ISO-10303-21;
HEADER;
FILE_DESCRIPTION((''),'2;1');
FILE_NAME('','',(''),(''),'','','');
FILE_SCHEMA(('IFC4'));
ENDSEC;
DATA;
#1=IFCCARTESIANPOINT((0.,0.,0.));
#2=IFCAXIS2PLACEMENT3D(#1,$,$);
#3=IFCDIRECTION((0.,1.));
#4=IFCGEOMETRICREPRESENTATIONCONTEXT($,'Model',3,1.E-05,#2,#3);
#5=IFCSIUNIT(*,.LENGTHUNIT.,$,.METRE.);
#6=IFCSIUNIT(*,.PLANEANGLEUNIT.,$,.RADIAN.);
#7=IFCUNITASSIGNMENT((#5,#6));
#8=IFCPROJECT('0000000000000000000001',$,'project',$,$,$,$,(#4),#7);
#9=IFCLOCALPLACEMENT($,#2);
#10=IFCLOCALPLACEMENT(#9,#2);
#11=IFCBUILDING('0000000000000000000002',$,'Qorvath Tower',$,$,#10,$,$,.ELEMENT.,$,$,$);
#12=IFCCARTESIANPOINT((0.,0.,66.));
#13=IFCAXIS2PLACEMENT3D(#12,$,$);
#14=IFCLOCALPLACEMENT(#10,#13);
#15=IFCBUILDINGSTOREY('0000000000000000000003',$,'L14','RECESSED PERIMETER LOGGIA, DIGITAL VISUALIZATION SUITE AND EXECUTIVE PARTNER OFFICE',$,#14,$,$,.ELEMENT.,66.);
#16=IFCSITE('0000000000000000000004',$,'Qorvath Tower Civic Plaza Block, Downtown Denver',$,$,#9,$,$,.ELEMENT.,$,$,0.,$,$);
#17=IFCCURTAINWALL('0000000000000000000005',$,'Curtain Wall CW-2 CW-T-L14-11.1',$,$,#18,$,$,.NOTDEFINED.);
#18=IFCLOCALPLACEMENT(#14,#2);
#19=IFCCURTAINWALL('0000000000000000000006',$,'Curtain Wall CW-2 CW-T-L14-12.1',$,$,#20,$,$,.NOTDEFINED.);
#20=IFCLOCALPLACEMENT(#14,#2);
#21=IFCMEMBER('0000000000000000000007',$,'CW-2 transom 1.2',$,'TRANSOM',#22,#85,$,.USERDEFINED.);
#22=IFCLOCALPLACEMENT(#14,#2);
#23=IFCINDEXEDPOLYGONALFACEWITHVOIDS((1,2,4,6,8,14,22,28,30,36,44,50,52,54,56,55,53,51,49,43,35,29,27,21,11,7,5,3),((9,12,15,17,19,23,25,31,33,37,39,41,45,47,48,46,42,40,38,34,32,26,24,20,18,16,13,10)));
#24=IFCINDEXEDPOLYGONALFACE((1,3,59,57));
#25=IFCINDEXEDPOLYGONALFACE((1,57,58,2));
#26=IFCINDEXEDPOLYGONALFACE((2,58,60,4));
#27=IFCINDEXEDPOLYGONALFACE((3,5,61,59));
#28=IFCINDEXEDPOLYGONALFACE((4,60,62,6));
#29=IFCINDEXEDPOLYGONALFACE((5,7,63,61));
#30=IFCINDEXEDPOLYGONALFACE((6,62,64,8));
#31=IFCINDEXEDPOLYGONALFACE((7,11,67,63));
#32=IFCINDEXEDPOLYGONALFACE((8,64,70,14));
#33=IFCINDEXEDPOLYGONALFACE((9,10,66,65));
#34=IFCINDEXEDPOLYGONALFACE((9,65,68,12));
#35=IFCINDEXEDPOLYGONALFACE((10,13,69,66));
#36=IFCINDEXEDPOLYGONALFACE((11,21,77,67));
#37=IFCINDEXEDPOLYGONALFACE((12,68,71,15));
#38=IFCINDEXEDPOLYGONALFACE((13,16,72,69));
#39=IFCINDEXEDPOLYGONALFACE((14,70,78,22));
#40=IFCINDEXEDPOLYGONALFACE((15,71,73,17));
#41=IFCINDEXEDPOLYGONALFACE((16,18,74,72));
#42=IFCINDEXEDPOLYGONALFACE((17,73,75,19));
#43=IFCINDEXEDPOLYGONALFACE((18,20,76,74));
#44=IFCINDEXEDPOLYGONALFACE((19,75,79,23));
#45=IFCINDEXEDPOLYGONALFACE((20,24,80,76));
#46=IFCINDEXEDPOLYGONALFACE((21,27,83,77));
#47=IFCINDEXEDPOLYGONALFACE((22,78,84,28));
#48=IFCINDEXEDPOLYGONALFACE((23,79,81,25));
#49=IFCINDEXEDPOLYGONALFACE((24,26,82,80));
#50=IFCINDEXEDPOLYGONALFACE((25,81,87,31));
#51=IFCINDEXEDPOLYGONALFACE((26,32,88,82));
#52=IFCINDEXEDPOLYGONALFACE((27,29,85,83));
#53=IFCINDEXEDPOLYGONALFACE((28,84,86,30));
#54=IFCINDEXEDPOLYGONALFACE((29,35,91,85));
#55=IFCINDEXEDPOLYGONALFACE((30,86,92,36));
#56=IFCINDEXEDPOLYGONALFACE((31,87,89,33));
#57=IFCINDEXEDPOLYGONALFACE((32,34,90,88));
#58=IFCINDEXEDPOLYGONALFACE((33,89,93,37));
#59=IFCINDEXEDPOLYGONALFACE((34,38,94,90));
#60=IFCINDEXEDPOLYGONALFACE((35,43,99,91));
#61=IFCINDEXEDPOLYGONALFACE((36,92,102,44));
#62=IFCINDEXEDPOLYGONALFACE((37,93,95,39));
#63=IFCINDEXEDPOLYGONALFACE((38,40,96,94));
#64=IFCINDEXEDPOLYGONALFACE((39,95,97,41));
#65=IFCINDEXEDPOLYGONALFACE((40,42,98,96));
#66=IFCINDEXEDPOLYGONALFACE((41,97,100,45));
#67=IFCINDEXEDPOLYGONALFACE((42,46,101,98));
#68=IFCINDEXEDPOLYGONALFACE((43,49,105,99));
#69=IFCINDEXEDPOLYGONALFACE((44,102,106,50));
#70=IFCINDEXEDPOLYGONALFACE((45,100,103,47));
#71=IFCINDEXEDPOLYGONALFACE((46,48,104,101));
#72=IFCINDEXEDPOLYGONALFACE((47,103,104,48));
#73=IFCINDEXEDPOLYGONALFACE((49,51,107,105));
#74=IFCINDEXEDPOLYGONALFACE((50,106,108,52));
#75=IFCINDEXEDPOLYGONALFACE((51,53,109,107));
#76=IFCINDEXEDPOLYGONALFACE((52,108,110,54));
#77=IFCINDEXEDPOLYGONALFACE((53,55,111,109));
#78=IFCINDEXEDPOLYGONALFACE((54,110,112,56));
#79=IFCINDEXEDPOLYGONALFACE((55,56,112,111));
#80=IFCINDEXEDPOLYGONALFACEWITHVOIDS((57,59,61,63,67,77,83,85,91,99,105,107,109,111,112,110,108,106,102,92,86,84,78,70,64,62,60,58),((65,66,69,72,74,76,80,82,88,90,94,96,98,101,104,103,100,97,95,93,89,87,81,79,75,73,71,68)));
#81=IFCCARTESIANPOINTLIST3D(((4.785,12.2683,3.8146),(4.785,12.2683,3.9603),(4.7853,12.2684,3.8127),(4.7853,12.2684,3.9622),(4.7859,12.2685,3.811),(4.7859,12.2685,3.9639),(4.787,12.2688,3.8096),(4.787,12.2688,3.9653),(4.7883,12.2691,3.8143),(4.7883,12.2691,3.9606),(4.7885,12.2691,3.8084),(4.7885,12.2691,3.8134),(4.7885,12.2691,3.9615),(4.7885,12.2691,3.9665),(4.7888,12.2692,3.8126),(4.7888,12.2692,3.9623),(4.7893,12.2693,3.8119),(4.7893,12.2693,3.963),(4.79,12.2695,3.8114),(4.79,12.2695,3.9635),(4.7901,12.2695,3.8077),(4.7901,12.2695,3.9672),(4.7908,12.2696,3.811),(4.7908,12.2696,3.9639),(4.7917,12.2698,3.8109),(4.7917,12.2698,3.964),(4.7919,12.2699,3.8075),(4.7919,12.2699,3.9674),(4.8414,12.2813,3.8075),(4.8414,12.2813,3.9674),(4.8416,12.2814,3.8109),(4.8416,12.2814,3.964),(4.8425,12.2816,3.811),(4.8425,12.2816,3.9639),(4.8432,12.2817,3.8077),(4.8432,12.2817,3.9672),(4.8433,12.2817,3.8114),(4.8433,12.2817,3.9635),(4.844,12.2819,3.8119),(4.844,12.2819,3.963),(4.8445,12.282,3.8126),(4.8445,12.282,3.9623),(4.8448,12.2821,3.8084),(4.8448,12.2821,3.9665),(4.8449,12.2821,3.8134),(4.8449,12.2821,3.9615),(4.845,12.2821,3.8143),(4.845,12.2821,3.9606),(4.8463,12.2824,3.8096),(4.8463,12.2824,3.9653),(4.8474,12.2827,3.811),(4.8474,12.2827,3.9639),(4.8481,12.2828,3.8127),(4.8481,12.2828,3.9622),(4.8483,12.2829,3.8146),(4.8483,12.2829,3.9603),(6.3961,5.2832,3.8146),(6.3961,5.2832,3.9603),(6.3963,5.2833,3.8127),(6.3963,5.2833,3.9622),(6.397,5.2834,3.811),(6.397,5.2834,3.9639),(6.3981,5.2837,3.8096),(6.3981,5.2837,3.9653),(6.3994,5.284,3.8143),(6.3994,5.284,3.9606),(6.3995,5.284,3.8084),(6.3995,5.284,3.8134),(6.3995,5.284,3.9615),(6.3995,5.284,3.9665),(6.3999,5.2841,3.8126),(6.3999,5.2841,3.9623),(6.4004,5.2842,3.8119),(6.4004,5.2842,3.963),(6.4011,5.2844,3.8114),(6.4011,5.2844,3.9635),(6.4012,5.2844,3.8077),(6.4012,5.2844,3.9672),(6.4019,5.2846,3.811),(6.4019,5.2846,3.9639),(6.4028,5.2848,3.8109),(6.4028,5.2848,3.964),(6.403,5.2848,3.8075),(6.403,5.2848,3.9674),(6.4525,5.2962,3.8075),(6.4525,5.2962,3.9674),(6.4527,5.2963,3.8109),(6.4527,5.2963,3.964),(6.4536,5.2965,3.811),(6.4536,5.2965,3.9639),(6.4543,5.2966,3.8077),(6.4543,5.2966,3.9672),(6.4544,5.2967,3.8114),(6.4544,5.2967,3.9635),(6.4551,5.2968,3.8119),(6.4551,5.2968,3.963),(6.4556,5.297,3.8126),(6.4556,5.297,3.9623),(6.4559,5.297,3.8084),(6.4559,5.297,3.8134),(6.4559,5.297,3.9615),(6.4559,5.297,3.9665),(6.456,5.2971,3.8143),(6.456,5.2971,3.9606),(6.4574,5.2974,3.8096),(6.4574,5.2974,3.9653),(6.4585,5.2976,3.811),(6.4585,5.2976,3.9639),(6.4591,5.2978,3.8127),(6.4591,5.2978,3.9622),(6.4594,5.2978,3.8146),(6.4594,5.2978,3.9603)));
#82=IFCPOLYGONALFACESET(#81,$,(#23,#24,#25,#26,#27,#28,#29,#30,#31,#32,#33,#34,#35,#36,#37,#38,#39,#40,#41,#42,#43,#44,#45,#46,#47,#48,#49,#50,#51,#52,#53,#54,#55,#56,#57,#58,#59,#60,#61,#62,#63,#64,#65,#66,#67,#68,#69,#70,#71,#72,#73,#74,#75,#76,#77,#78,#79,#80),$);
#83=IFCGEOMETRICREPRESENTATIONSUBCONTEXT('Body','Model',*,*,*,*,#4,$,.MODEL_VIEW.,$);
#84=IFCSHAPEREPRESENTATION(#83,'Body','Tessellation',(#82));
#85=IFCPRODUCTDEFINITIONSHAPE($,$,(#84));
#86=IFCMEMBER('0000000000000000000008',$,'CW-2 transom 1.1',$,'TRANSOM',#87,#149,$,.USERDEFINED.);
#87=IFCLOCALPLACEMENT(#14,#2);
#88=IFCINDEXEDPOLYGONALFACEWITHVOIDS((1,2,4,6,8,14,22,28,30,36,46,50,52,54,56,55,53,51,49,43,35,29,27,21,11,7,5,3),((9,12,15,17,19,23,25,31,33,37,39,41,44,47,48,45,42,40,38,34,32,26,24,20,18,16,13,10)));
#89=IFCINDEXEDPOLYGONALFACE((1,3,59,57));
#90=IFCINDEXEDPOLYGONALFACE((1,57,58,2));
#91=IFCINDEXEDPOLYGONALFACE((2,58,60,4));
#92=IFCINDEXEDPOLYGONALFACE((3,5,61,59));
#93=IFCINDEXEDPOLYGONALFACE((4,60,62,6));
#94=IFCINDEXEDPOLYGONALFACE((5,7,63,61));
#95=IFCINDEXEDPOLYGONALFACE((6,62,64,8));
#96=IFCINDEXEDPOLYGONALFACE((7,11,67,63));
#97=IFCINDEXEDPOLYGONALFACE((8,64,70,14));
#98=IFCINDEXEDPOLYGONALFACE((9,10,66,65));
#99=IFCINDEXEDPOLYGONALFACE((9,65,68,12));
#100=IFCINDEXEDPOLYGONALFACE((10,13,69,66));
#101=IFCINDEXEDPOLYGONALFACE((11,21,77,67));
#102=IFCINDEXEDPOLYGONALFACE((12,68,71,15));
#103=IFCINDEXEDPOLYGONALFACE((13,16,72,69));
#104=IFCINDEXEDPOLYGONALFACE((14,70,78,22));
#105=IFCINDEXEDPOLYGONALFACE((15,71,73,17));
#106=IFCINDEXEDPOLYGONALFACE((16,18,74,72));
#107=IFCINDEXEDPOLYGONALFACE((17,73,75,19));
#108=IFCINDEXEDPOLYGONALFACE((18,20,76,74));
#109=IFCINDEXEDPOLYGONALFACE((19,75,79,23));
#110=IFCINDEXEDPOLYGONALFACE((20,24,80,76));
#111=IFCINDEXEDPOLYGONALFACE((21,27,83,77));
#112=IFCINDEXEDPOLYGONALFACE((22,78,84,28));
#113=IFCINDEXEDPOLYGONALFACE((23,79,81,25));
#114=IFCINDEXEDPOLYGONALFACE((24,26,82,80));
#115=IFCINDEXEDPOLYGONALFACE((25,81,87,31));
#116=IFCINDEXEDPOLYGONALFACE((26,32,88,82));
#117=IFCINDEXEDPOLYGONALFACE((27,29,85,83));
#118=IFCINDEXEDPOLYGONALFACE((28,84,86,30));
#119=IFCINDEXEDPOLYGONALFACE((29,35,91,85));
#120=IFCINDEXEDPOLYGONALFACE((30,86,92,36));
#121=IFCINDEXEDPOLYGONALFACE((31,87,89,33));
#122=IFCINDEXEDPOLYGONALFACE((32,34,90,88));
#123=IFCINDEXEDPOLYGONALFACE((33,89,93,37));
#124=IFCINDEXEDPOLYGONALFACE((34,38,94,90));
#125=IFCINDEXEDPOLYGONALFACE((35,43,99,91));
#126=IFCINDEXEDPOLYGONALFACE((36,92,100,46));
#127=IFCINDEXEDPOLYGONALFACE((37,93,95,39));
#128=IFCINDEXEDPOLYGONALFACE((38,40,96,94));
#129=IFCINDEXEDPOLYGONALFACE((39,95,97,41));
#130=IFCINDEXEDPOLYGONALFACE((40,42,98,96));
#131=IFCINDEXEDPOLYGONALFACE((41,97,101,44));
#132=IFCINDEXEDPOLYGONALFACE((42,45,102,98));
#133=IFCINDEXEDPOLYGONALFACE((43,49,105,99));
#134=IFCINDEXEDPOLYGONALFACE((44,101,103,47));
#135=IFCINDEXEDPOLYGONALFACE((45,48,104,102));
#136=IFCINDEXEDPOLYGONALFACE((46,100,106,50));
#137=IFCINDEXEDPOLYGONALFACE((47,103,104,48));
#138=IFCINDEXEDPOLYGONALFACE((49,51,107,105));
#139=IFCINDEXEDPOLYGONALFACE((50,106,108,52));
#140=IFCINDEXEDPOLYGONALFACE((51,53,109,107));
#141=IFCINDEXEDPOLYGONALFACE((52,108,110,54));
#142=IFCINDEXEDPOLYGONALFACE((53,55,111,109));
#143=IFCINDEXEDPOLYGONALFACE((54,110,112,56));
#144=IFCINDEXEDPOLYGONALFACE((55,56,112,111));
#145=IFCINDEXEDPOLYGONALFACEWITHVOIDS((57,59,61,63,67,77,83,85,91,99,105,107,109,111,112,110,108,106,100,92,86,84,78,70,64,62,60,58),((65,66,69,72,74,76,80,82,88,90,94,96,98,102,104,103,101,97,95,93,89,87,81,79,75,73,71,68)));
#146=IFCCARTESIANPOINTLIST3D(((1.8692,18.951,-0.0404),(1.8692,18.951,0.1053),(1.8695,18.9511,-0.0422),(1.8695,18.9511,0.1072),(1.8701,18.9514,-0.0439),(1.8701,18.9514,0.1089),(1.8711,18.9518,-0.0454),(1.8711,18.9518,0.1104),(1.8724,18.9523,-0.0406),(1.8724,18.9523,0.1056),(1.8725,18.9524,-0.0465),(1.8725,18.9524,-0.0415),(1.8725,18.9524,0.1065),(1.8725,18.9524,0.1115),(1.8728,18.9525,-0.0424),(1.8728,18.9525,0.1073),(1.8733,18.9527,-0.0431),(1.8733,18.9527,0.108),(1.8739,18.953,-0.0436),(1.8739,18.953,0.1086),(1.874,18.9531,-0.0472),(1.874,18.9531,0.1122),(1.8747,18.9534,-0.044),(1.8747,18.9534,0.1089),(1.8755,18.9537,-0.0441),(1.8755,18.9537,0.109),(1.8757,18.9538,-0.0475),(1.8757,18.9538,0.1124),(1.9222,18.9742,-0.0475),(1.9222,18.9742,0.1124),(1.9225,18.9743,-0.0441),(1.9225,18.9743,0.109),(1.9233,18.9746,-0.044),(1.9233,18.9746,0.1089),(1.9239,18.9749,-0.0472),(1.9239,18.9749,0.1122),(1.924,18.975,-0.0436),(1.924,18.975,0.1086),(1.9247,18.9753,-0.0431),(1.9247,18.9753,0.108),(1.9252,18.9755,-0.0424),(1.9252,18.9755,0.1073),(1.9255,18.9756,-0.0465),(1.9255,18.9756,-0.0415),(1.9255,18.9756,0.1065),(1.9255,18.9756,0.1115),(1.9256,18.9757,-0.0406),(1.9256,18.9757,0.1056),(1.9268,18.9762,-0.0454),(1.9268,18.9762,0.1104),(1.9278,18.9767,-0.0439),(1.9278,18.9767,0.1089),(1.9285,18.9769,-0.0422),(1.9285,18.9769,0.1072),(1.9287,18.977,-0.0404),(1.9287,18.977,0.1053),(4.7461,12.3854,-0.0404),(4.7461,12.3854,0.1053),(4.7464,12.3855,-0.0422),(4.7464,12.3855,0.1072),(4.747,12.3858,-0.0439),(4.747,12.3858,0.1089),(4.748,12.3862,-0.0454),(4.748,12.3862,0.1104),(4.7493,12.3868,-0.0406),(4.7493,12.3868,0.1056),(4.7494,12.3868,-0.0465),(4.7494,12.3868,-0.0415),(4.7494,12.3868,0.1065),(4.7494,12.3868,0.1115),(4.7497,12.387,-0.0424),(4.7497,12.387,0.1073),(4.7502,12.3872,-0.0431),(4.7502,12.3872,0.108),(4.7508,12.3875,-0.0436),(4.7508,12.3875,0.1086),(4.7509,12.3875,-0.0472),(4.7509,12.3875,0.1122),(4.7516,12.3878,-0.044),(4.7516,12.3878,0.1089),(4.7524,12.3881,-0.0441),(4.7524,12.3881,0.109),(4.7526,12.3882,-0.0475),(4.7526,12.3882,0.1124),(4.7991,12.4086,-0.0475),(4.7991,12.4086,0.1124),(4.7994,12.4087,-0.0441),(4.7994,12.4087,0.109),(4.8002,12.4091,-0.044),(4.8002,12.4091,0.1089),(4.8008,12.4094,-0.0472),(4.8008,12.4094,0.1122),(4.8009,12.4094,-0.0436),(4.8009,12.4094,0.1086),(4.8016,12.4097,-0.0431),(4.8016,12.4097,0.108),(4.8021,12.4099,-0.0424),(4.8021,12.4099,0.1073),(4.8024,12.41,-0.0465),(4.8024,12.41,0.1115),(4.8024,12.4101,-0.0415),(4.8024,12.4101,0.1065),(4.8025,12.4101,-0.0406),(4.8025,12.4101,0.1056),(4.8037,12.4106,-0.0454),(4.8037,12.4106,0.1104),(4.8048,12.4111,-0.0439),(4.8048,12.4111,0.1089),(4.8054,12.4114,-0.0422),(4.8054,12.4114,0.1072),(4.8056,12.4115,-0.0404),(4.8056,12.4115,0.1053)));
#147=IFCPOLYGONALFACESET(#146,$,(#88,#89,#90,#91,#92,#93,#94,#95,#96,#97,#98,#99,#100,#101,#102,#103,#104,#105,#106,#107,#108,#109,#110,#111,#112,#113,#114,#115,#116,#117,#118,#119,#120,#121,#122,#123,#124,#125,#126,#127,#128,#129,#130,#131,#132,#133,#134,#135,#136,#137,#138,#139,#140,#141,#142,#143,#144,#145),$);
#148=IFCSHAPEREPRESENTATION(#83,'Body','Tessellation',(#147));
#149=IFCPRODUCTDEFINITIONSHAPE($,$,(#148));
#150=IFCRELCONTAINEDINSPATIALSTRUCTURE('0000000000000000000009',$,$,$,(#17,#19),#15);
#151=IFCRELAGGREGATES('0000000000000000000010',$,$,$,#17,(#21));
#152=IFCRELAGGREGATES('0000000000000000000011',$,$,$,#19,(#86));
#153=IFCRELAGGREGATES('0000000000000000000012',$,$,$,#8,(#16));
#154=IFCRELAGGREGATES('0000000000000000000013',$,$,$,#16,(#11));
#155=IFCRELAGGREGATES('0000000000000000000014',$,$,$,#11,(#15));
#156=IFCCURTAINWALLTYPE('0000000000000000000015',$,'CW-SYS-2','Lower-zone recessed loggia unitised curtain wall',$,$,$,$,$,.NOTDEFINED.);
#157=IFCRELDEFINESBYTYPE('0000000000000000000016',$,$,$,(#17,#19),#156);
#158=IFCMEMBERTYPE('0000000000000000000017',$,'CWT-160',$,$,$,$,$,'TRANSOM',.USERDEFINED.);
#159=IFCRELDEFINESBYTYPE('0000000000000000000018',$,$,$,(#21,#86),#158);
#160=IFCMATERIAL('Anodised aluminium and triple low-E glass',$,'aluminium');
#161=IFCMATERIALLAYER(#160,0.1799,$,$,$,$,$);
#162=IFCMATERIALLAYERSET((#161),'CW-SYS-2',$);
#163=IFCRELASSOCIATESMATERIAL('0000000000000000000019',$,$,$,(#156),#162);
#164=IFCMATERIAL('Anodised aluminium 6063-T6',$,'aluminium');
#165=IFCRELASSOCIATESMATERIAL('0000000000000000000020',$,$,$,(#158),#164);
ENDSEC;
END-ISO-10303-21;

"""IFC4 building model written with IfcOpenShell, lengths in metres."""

from ifc_helpers import new_model, si_unit, direction, frame, origin, origin_2d, place, context, subcontext, project, spatial, hollow_rectangle, extrude, material, layer, layer_set, material_profile, profile_set, type_object, element, aggregate, save


model = new_model("IFC4")

# Units and contexts
model_context = context("Model", 3, precision=1e-05, world=origin(), true_north=direction((0.0, 1.0)))
body_context = subcontext(model_context, "Body", "Model", "MODEL_VIEW")
ifc_project = project(units=[si_unit("LENGTHUNIT", "METRE"), si_unit("PLANEANGLEUNIT", "RADIAN")], contexts=[model_context])

# Site, building, storey
site_placement = place(None, origin())
site = spatial("IfcSite", under=ifc_project, at=site_placement, Name="Qorvath Tower Civic Plaza Block, Downtown Denver", CompositionType="ELEMENT", RefElevation=0.0)
building_placement = place(site_placement, origin())
building = spatial("IfcBuilding", under=site, at=building_placement, Name="Qorvath Tower", CompositionType="ELEMENT")
storey_placement = place(building_placement, frame((0.0, 0.0, 66.0)))
storey = spatial("IfcBuildingStorey", under=building, at=storey_placement, Name="L14", Description="RECESSED PERIMETER LOGGIA, DIGITAL VISUALIZATION SUITE AND EXECUTIVE PARTNER OFFICE", CompositionType="ELEMENT", Elevation=66.0)

# Shared definitions
ifc_material_1 = material(Name="Anodised aluminium and triple low-E glass", Category="aluminium")
ifc_layer_1 = layer(ifc_material_1, 0.1799)
ifc_layer_set_1 = layer_set([ifc_layer_1], Name="CW-SYS-2")
curtain_wall_type = type_object("IfcCurtainWallType", Name="CW-SYS-2", Description="Lower-zone recessed loggia unitised curtain wall", PredefinedType="NOTDEFINED", material=ifc_layer_set_1)

# Curtain walls
curtain_wall_1_placement = place(storey_placement, origin())
curtain_wall_1 = element("IfcCurtainWall", 1, at=curtain_wall_1_placement, inside=storey, type_object=curtain_wall_type, Name="Curtain Wall CW-2 CW-T-L14-11.1", PredefinedType="NOTDEFINED")
curtain_wall_2_placement = place(storey_placement, origin())
curtain_wall_2 = element("IfcCurtainWall", 2, at=curtain_wall_2_placement, inside=storey, type_object=curtain_wall_type, Name="Curtain Wall CW-2 CW-T-L14-12.1", PredefinedType="NOTDEFINED")

# Members
ifc_material_2 = material(Name="Anodised aluminium 6063-T6", Category="aluminium")
ifc_material_profile_1 = material_profile(ifc_material_2, hollow_rectangle(XDim=0.0649, YDim=0.1599, WallThickness=0.0034, InnerFilletRadius=0.0034, OuterFilletRadius=0.0071, at=origin_2d()), Name="CWT 160x65")
ifc_profile_set_1 = profile_set([ifc_material_profile_1], Name="Anodised aluminium 6063-T6")
member_type_1 = type_object("IfcMemberType", Name="CWT-160", ElementType="TRANSOM", PredefinedType="USERDEFINED", material=ifc_profile_set_1)
member_1_placement = place(storey_placement, frame((6.4277, 5.2905, 3.8875), z_axis=(-0.224745, 0.974418, 0.0), x_axis=(-0.974418, -0.224745, 0.0)))
member_1 = element("IfcMember", 3, at=member_1_placement, type_object=member_type_1, Name="CW-2 transom 1.2", ObjectType="TRANSOM", PredefinedType="USERDEFINED", context=body_context, shape_type="SweptSolid", body=[
    extrude(hollow_rectangle(XDim=0.0649, YDim=0.1599, WallThickness=0.0034, InnerFilletRadius=0.0034, OuterFilletRadius=0.0071, at=origin_2d()), origin(), (0.0, 0.0, 1.0), 7.1685),
])
member_2_placement = place(storey_placement, frame((4.7759, 12.3984, 0.0325), z_axis=(-0.401342, 0.915928, 0.0), x_axis=(-0.915928, -0.401342, 0.0)))
member_2 = element("IfcMember", 4, at=member_2_placement, type_object=member_type_1, Name="CW-2 transom 1.1", ObjectType="TRANSOM", PredefinedType="USERDEFINED", context=body_context, shape_type="SweptSolid", body=[
    extrude(hollow_rectangle(XDim=0.0649, YDim=0.1599, WallThickness=0.0034, InnerFilletRadius=0.0034, OuterFilletRadius=0.0071, at=origin_2d()), origin(), (0.0, 0.0, 1.0), 7.1682),
])

aggregate(curtain_wall_1, [member_1])
aggregate(curtain_wall_2, [member_2])

save(model, "model.ifc")
